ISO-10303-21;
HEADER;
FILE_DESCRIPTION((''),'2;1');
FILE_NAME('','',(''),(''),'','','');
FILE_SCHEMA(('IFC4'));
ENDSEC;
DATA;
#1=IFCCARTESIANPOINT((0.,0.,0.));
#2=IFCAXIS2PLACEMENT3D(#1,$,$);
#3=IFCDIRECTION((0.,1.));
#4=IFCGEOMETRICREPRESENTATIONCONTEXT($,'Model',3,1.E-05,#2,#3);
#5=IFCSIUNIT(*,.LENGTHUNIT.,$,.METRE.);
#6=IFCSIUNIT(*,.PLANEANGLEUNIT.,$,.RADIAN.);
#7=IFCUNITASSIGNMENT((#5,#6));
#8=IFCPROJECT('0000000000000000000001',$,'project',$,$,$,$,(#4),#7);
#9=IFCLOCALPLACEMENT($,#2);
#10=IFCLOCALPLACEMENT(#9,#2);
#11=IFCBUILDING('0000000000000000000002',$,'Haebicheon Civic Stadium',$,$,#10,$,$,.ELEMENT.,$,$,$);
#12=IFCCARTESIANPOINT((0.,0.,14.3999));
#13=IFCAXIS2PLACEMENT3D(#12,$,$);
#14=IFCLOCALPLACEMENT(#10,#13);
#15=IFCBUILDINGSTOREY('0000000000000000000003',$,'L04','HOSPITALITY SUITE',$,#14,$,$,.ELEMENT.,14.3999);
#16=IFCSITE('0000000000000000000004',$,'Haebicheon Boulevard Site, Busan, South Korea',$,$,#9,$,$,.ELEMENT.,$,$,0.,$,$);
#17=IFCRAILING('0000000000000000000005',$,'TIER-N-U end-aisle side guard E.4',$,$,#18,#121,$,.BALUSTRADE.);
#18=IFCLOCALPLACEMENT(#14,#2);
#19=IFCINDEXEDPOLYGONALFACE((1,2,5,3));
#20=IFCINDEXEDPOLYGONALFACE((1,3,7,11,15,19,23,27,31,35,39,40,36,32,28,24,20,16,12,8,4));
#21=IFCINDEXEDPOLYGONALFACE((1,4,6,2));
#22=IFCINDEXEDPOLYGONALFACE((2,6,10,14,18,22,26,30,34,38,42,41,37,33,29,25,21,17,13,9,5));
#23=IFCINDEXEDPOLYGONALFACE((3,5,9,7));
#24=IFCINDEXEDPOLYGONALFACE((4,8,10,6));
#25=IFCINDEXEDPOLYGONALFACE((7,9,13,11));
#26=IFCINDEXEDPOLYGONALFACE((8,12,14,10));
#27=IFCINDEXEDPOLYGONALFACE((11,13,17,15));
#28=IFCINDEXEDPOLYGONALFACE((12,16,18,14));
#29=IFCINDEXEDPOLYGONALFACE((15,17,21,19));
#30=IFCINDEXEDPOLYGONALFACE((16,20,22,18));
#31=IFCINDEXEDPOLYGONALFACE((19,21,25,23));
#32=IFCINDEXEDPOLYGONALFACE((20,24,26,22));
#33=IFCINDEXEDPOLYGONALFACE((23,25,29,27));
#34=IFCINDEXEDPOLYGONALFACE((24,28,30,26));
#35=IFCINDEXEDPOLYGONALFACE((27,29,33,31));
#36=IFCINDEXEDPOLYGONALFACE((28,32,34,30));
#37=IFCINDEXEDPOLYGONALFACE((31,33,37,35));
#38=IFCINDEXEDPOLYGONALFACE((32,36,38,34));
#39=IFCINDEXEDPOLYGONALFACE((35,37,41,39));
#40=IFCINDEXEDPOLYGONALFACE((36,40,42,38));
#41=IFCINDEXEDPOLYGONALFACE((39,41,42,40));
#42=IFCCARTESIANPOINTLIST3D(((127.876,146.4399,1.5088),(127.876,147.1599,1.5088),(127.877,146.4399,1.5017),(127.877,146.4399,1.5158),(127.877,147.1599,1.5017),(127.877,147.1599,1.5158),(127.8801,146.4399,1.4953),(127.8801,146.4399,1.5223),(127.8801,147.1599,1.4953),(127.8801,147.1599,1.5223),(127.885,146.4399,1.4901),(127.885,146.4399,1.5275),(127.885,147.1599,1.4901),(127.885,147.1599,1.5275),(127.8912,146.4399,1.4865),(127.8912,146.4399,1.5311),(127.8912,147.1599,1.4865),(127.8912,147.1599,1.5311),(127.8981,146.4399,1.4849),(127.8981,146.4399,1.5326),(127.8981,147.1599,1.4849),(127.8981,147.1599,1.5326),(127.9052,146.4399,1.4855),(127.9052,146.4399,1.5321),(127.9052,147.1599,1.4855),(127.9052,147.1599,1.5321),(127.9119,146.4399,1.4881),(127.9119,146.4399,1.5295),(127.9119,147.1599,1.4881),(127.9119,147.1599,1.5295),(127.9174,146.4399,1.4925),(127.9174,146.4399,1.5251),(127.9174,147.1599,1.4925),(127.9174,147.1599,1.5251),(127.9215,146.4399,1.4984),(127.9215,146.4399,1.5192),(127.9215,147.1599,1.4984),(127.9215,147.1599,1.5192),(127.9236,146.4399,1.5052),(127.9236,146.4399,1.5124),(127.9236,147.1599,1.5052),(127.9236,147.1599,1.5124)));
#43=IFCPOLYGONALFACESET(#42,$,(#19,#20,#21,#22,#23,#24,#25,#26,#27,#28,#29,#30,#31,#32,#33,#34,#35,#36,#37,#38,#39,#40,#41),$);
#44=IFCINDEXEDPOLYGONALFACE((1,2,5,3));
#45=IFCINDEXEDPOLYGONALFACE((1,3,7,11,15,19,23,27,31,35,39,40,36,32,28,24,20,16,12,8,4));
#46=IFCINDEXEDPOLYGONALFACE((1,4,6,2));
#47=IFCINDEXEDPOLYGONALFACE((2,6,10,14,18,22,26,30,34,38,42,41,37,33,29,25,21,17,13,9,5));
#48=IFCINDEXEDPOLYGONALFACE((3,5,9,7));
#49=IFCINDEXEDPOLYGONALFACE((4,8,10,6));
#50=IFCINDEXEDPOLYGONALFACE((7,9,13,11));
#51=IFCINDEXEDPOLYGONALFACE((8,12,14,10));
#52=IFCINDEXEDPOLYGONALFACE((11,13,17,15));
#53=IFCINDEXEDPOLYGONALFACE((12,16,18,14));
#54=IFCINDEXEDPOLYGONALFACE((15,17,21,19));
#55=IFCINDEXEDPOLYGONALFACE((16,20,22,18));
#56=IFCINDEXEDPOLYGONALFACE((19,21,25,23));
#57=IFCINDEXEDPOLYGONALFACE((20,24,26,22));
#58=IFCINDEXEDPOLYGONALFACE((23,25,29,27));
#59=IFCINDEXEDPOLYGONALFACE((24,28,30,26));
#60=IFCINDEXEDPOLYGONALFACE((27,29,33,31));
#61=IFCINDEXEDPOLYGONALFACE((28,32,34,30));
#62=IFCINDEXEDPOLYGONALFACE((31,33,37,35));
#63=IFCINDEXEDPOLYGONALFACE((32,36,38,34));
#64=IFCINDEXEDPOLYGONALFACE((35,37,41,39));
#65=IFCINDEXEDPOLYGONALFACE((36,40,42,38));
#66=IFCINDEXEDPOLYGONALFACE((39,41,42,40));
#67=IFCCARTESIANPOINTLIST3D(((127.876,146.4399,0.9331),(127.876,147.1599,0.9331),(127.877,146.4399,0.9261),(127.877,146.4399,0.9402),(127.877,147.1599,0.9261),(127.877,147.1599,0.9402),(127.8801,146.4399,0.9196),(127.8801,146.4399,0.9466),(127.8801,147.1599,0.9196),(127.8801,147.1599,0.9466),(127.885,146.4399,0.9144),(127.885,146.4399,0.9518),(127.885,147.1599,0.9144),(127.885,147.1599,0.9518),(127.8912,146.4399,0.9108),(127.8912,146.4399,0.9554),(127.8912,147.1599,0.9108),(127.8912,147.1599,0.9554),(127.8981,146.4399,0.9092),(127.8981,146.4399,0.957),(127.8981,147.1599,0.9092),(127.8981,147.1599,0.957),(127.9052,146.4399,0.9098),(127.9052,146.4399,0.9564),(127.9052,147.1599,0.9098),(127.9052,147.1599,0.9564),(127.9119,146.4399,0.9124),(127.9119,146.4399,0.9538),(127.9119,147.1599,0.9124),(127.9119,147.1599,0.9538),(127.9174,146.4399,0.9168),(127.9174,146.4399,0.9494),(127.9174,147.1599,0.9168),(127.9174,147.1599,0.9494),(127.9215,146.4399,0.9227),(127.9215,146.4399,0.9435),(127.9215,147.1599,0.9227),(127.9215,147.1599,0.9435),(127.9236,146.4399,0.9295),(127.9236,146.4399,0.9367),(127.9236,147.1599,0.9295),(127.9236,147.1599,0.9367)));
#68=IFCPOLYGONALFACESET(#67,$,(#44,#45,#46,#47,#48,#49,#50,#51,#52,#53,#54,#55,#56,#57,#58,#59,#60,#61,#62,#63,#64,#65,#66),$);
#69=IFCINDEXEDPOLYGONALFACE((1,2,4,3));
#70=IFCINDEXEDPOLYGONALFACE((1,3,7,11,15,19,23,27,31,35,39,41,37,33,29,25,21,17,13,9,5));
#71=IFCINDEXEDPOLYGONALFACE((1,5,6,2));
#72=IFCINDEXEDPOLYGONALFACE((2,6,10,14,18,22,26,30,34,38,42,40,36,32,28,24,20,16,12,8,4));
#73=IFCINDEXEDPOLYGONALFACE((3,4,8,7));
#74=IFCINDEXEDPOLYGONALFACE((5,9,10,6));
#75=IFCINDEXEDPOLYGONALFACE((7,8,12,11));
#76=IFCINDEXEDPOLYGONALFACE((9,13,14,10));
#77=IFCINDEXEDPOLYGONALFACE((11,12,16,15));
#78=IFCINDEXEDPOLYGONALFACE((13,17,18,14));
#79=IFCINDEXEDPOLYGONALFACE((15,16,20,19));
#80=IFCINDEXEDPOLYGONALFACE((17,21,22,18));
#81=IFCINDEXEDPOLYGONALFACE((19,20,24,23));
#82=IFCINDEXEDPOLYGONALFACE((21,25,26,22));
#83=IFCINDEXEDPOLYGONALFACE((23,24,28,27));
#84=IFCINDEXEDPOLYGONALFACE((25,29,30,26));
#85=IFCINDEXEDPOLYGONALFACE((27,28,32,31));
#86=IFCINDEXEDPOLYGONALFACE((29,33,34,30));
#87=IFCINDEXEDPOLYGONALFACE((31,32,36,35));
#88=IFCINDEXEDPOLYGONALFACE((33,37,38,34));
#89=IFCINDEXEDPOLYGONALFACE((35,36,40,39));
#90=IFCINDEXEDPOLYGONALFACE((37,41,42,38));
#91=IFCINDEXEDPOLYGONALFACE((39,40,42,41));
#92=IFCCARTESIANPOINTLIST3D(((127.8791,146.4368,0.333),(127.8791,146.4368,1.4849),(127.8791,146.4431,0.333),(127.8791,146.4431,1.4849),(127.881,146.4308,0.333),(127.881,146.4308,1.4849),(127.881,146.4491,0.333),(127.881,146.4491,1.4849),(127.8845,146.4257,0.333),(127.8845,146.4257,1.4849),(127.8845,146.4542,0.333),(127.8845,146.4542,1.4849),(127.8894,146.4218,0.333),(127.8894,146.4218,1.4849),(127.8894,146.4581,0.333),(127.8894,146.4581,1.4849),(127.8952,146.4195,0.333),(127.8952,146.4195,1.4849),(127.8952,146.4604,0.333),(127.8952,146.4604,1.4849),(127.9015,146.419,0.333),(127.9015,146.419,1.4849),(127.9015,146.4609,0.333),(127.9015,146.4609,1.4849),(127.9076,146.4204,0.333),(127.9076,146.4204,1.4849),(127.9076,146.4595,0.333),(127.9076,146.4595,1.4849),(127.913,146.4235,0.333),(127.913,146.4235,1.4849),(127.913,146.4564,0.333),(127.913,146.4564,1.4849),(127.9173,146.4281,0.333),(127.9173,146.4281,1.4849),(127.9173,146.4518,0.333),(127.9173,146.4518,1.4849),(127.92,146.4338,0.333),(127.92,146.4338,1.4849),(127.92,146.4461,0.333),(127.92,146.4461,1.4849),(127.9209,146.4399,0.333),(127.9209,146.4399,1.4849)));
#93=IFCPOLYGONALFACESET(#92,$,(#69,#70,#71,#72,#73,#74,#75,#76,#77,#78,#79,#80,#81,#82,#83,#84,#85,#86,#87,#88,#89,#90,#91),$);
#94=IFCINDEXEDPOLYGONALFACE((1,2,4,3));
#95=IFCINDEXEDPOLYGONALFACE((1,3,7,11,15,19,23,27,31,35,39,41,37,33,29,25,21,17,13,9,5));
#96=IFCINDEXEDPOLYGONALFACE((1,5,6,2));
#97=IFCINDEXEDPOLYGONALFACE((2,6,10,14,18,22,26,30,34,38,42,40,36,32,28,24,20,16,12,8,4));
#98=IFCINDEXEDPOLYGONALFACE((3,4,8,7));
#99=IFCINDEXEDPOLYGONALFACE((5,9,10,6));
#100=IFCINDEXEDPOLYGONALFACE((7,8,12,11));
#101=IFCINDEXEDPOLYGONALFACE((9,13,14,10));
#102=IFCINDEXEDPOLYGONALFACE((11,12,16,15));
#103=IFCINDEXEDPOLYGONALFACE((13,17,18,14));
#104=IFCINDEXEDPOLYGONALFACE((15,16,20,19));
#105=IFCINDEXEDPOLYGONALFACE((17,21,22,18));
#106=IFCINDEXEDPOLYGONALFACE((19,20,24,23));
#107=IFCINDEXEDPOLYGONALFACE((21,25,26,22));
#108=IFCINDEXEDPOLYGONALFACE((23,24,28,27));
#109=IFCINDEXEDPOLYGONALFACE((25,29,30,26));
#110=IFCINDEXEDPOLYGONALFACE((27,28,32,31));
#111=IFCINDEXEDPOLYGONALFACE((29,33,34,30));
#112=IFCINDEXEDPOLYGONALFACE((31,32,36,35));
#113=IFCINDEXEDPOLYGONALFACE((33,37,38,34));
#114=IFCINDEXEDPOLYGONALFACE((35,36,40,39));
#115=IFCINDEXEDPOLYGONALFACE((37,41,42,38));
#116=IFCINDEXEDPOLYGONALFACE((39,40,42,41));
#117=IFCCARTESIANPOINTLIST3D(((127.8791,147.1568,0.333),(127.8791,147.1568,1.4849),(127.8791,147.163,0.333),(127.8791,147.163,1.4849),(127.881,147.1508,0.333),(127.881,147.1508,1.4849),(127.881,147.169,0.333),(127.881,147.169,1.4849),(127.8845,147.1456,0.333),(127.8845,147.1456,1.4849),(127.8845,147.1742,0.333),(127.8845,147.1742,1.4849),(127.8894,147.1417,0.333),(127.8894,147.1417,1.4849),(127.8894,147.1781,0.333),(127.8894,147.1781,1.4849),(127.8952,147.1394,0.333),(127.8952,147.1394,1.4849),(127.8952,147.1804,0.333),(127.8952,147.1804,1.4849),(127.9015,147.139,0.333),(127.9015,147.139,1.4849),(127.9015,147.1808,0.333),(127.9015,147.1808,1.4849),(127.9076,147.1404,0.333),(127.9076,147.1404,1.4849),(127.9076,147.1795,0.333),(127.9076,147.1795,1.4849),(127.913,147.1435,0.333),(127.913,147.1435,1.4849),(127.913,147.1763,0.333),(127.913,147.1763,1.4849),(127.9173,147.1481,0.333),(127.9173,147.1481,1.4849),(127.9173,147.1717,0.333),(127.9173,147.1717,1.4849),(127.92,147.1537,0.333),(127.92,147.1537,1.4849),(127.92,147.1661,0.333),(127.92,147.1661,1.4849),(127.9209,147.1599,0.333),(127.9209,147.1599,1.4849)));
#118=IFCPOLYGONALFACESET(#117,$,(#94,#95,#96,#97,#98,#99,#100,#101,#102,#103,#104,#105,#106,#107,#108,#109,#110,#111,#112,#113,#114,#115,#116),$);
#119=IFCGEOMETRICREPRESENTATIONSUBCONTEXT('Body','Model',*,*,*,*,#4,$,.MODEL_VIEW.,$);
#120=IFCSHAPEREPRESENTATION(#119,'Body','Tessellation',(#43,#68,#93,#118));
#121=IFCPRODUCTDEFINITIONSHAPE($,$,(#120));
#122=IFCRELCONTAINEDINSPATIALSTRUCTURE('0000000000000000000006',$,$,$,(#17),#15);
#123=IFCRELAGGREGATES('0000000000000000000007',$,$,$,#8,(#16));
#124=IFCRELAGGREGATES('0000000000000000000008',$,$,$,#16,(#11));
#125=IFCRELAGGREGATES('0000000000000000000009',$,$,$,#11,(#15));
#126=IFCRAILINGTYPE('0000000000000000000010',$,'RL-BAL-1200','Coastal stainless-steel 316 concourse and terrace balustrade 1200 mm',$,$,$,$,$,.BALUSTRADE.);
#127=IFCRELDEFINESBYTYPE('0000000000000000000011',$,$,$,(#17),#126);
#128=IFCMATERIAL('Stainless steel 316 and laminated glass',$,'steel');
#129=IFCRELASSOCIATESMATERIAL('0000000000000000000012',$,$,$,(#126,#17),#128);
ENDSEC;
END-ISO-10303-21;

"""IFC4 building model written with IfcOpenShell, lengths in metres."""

from ifc_helpers import new_model, si_unit, direction, frame, origin, origin_2d, place, context, subcontext, project, spatial, circle, extrude, material, type_object, element, save


model = new_model("IFC4")

# Units and contexts
model_context = context("Model", 3, precision=1e-05, world=origin(), true_north=direction((0.0, 1.0)))
body_context = subcontext(model_context, "Body", "Model", "MODEL_VIEW")
ifc_project = project(units=[si_unit("LENGTHUNIT", "METRE"), si_unit("PLANEANGLEUNIT", "RADIAN")], contexts=[model_context])

# Site, building, storey
site_placement = place(None, origin())
site = spatial("IfcSite", under=ifc_project, at=site_placement, Name="Haebicheon Boulevard Site, Busan, South Korea", CompositionType="ELEMENT", RefElevation=0.0)
building_placement = place(site_placement, origin())
building = spatial("IfcBuilding", under=site, at=building_placement, Name="Haebicheon Civic Stadium", CompositionType="ELEMENT")
storey_placement = place(building_placement, frame((0.0, 0.0, 14.3999)))
storey = spatial("IfcBuildingStorey", under=building, at=storey_placement, Name="L04", Description="HOSPITALITY SUITE", CompositionType="ELEMENT", Elevation=14.3999)

# Railing
ifc_material_1 = material(Name="Stainless steel 316 and laminated glass", Category="steel")
railing_type = type_object("IfcRailingType", Name="RL-BAL-1200", Description="Coastal stainless-steel 316 concourse and terrace balustrade 1200 mm", PredefinedType="BALUSTRADE", material=ifc_material_1)
railing_placement = place(storey_placement, frame((127.8999, 146.4399, 0.333)))
element("IfcRailing", 1, at=railing_placement, inside=storey, type_object=railing_type, material=ifc_material_1, Name="TIER-N-U end-aisle side guard E.4", PredefinedType="BALUSTRADE", context=body_context, shape_type="SweptSolid", body=[
    extrude(circle(Radius=0.0239, at=origin_2d()), frame((0.0, 0.0, 1.1758), z_axis=(0.0, 1.0, 0.0), x_axis=(-1.0, 0.0, 0.0)), (0.0, 0.0, 1.0), 0.72),
    extrude(circle(Radius=0.0239, at=origin_2d()), frame((0.0, 0.0, 0.6001), z_axis=(0.0, 1.0, 0.0), x_axis=(-1.0, 0.0, 0.0)), (0.0, 0.0, 1.0), 0.72),
    extrude(circle(Radius=0.021, at=origin_2d()), origin(), (0.0, 0.0, 1.0), 1.1519),
    extrude(circle(Radius=0.021, at=origin_2d()), frame((0.0, 0.72, 0.0)), (0.0, 0.0, 1.0), 1.1519),
])

save(model, "model.ifc")
